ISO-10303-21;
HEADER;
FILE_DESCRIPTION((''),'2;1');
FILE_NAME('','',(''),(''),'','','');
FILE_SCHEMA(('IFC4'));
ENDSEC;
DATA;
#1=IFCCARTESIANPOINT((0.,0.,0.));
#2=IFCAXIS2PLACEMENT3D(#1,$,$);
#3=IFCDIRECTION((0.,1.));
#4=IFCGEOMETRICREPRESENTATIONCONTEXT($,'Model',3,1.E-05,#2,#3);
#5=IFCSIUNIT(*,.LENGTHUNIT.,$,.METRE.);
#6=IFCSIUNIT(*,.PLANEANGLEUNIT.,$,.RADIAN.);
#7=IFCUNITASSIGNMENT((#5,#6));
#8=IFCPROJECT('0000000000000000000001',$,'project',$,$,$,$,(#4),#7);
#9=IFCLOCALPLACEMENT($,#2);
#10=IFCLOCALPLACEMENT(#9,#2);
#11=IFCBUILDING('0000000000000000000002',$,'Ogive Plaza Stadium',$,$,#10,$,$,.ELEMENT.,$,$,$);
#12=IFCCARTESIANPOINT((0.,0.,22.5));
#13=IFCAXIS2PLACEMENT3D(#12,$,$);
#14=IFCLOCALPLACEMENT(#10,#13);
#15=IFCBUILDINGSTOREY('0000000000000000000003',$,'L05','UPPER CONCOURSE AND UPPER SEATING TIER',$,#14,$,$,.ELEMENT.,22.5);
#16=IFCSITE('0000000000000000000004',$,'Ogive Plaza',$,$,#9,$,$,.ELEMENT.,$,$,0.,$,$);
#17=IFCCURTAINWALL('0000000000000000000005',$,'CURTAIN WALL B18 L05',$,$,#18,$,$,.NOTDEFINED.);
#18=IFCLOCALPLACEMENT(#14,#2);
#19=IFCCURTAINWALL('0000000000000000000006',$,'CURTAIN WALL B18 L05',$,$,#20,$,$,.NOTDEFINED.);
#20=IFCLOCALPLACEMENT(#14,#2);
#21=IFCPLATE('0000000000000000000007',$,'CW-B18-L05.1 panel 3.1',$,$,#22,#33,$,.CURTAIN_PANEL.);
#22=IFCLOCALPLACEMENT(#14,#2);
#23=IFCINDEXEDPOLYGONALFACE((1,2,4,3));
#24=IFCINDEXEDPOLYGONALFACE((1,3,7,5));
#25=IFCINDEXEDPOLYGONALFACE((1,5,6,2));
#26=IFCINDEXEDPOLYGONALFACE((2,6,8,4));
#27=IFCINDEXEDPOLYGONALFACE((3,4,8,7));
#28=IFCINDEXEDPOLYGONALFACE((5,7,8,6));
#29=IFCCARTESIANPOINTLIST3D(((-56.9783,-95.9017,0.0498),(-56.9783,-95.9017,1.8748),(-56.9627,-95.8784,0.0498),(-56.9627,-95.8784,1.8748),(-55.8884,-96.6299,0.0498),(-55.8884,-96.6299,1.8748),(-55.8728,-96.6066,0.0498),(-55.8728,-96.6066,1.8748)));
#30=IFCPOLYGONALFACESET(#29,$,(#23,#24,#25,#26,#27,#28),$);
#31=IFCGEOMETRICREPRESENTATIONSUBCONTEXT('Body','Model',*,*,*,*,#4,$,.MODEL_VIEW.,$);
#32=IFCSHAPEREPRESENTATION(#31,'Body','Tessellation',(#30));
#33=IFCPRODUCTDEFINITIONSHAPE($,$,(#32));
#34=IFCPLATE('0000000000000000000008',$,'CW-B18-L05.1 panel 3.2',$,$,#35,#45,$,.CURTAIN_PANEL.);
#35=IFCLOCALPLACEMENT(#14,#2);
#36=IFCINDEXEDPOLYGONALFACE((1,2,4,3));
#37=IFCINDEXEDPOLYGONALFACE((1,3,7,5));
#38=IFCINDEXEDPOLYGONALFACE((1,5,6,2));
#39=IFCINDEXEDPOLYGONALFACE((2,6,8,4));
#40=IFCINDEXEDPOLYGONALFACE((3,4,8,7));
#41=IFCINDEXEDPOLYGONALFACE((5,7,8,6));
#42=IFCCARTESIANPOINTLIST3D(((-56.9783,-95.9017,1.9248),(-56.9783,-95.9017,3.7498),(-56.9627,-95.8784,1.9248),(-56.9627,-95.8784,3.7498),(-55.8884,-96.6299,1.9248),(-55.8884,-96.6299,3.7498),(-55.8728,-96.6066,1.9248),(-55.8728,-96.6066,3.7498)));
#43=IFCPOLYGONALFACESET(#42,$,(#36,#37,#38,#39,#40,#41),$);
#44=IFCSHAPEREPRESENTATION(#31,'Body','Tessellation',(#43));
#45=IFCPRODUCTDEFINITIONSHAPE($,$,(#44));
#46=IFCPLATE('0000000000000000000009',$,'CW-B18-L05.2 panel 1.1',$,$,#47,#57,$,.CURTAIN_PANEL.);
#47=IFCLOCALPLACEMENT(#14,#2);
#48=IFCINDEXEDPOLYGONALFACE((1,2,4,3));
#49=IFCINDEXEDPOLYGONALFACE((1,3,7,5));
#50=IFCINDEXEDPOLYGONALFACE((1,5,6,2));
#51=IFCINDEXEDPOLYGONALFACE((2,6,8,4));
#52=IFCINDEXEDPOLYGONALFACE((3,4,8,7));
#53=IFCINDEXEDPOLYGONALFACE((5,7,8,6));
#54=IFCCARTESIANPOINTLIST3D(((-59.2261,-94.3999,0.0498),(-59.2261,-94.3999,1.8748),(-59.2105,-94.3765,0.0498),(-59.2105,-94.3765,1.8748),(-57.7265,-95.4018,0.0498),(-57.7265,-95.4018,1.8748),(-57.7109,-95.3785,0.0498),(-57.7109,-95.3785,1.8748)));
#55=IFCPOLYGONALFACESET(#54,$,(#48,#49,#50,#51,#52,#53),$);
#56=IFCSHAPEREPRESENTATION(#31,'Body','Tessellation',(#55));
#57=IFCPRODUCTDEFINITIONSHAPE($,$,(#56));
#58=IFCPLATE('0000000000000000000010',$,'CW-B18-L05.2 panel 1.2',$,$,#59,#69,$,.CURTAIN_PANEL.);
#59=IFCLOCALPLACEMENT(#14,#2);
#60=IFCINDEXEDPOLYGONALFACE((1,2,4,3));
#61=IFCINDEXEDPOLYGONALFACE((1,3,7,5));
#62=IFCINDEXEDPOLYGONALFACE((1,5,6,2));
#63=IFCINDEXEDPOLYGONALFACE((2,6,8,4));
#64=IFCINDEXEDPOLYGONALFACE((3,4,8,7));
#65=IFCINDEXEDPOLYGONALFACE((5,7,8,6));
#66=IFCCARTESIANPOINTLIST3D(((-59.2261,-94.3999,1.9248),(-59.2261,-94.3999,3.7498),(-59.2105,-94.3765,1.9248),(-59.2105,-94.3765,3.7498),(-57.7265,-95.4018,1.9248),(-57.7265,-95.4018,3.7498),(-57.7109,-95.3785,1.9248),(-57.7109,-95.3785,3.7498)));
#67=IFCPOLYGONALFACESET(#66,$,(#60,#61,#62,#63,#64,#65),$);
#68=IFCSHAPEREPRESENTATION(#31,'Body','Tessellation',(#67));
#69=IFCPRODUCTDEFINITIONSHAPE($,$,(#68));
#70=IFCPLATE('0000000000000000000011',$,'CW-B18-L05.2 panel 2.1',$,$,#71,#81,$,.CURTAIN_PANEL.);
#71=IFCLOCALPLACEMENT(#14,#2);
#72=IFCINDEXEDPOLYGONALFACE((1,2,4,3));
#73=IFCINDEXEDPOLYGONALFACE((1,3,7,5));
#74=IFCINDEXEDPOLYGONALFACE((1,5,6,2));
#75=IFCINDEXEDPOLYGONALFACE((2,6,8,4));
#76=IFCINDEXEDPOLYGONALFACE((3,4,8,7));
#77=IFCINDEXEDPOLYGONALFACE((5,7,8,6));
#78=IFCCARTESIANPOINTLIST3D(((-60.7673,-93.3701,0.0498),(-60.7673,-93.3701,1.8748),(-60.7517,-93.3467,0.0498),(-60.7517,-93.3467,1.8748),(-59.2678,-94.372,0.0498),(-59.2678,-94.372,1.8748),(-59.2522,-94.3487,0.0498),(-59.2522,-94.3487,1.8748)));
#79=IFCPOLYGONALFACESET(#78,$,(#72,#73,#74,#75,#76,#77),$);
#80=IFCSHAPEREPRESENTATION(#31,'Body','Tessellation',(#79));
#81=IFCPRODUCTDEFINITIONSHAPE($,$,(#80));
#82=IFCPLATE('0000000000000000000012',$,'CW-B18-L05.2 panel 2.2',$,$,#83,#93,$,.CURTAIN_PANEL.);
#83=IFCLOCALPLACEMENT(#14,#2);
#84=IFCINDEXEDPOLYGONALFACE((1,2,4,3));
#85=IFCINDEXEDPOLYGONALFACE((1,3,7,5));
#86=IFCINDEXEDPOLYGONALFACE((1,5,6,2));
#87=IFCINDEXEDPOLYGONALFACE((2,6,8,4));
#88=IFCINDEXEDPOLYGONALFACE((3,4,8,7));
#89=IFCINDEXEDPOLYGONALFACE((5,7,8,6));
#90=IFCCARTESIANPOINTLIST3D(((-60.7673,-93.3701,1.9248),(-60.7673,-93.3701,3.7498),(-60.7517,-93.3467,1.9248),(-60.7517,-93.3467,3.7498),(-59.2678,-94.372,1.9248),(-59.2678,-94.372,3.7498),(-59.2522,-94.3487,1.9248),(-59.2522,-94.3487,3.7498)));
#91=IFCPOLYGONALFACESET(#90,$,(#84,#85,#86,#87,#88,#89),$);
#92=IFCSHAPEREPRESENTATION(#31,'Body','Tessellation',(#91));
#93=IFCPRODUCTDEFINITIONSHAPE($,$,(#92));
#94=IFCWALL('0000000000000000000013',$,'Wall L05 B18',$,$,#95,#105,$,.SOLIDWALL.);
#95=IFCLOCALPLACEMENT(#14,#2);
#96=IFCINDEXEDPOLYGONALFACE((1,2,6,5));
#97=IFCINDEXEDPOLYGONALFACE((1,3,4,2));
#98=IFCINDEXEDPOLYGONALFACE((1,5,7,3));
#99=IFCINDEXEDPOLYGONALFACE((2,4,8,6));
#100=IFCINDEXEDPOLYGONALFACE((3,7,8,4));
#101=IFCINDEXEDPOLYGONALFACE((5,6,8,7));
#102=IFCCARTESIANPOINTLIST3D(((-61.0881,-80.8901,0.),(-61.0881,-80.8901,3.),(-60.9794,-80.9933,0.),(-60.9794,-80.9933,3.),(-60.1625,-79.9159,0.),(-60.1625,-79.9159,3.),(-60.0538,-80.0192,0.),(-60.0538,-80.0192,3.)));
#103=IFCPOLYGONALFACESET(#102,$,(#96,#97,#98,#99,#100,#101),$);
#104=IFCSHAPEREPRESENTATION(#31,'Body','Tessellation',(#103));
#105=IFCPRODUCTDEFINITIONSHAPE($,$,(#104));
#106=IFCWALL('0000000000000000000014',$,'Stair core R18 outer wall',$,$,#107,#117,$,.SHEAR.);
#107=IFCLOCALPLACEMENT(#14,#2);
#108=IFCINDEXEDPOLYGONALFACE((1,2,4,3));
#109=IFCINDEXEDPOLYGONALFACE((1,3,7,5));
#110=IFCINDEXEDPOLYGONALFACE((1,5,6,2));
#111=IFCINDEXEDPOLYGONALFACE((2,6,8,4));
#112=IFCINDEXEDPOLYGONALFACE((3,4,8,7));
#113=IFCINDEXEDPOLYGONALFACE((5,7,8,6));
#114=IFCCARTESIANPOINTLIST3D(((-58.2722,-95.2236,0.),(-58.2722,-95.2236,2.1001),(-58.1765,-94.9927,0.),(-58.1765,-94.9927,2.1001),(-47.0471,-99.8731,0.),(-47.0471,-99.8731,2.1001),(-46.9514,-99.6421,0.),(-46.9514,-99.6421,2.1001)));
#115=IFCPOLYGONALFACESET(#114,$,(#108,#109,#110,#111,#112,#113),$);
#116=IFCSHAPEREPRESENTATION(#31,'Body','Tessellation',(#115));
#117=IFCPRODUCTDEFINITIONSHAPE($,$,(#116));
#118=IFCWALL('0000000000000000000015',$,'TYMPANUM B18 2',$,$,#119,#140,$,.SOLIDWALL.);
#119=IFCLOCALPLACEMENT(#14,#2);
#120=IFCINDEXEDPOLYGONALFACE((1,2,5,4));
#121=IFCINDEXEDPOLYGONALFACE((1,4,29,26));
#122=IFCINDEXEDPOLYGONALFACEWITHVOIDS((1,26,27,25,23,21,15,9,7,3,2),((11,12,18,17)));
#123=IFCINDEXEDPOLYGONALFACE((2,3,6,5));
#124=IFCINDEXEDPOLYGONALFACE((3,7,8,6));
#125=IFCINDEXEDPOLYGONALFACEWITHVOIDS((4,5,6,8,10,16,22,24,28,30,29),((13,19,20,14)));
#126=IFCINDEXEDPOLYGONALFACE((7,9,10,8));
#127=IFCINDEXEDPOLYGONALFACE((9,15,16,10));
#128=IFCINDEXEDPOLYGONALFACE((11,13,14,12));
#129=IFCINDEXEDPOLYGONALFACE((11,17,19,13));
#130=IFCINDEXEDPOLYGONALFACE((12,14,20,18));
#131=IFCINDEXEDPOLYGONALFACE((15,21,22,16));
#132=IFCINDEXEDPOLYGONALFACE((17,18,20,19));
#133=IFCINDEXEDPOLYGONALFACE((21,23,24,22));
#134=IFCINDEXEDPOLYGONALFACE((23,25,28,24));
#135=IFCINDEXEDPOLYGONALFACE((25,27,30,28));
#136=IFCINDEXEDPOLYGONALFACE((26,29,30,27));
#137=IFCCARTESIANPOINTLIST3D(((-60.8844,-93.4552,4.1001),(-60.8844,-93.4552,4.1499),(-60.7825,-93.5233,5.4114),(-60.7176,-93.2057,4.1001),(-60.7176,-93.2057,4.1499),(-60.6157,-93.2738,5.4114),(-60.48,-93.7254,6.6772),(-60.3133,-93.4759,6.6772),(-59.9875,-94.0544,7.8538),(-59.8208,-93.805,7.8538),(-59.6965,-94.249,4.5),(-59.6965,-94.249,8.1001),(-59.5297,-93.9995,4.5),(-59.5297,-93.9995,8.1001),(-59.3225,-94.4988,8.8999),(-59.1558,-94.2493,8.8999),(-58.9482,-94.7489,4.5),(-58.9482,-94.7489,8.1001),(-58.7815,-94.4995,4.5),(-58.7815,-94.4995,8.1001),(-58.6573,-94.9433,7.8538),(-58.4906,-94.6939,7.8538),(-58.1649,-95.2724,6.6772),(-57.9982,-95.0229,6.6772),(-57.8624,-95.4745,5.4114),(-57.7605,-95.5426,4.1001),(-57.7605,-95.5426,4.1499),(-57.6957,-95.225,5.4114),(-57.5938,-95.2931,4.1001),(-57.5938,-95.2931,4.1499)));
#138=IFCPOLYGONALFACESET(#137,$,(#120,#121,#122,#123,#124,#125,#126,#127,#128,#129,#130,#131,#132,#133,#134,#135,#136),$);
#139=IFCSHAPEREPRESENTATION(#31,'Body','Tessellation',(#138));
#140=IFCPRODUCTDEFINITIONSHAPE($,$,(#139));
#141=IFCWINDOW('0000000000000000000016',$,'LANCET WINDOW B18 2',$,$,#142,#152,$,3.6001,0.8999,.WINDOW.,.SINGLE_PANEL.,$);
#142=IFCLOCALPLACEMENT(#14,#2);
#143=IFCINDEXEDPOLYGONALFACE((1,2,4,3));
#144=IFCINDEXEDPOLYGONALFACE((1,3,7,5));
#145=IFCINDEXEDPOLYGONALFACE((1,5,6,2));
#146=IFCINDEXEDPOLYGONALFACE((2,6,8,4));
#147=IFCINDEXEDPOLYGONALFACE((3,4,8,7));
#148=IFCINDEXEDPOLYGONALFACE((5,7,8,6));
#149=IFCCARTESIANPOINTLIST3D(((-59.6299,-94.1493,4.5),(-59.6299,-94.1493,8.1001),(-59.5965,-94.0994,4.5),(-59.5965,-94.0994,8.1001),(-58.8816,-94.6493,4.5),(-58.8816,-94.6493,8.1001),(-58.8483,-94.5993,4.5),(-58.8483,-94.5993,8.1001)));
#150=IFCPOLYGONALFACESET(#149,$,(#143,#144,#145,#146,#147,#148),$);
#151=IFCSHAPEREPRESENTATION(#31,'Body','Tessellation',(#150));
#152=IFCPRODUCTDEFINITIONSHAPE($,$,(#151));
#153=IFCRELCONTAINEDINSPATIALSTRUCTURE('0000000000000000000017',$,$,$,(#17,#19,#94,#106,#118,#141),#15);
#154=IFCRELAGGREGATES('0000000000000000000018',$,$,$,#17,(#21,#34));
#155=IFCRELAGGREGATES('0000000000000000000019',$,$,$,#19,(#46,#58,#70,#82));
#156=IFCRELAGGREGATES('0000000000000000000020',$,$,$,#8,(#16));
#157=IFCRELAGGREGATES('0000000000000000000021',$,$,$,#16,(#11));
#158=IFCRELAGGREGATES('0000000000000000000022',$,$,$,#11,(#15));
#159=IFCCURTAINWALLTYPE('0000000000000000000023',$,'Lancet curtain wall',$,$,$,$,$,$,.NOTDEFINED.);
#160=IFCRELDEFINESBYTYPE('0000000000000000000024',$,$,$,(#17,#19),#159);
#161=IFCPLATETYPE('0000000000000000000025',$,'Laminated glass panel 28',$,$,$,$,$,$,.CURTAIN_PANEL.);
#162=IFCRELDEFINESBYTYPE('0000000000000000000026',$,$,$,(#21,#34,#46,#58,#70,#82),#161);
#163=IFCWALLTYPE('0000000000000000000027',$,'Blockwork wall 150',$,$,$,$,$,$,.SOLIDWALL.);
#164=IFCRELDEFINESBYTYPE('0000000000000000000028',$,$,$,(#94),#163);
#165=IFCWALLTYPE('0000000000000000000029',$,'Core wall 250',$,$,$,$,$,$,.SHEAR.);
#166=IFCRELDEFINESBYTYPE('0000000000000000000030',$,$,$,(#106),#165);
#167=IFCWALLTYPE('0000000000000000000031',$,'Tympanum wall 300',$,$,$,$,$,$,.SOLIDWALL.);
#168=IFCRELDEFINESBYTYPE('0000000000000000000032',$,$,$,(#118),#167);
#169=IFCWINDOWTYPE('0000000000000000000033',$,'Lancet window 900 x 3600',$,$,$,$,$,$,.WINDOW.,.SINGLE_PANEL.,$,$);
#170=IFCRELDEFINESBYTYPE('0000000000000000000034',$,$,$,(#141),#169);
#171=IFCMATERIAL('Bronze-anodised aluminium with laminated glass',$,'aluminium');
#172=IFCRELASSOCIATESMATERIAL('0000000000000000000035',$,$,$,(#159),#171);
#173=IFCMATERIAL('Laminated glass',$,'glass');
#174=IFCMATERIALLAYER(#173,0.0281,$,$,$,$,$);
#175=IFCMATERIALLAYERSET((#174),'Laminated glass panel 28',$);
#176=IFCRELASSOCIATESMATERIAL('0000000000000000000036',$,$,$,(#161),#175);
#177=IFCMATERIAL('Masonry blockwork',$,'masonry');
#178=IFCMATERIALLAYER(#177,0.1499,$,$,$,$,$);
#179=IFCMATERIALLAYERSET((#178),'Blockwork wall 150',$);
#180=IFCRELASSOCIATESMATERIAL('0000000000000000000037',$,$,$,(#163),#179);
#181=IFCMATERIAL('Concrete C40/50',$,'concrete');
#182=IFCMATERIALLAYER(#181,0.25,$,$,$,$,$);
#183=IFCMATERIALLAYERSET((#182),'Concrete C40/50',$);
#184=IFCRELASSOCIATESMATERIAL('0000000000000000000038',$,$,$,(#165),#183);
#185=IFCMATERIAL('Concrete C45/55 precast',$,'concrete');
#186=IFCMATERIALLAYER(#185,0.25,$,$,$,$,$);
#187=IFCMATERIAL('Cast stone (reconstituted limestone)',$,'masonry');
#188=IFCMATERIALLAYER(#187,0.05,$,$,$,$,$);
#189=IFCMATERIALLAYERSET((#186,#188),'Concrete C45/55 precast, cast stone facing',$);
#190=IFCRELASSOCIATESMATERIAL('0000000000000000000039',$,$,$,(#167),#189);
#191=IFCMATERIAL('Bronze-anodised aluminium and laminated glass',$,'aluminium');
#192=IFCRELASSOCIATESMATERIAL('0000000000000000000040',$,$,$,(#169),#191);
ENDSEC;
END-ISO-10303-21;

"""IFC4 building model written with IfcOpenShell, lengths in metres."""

from ifc_helpers import new_model, si_unit, direction, frame, frame_2d, origin, origin_2d, place, context, subcontext, project, spatial, polyline, rectangle, outline, extrude, material, layer, layer_set, type_object, element, fill, aggregate, save


model = new_model("IFC4")

# Units and contexts
model_context = context("Model", 3, precision=1e-05, world=origin(), true_north=direction((0.0, 1.0)))
body_context = subcontext(model_context, "Body", "Model", "MODEL_VIEW")
ifc_project = project(units=[si_unit("LENGTHUNIT", "METRE"), si_unit("PLANEANGLEUNIT", "RADIAN")], contexts=[model_context])

# Site, building, storey
site_placement = place(None, origin())
site = spatial("IfcSite", under=ifc_project, at=site_placement, Name="Ogive Plaza", CompositionType="ELEMENT", RefElevation=0.0)
building_placement = place(site_placement, origin())
building = spatial("IfcBuilding", under=site, at=building_placement, Name="Ogive Plaza Stadium", CompositionType="ELEMENT")
storey_placement = place(building_placement, frame((0.0, 0.0, 22.5)))
storey = spatial("IfcBuildingStorey", under=building, at=storey_placement, Name="L05", Description="UPPER CONCOURSE AND UPPER SEATING TIER", CompositionType="ELEMENT", Elevation=22.5)

# Curtain wall
ifc_material_1 = material(Name="Bronze-anodised aluminium with laminated glass", Category="aluminium")
curtain_wall_type = type_object("IfcCurtainWallType", Name="Lancet curtain wall", PredefinedType="NOTDEFINED", material=ifc_material_1)
curtain_wall_1_placement = place(storey_placement, origin())
curtain_wall_1 = element("IfcCurtainWall", 1, at=curtain_wall_1_placement, inside=storey, type_object=curtain_wall_type, Name="CURTAIN WALL B18 L05", PredefinedType="NOTDEFINED")

# Curtain wall
curtain_wall_2_placement = place(storey_placement, origin())
curtain_wall_2 = element("IfcCurtainWall", 2, at=curtain_wall_2_placement, inside=storey, type_object=curtain_wall_type, Name="CURTAIN WALL B18 L05", PredefinedType="NOTDEFINED")

# Plates
ifc_material_2 = material(Name="Laminated glass", Category="glass")
ifc_layer_1 = layer(ifc_material_2, 0.0281)
ifc_layer_set_1 = layer_set([ifc_layer_1], Name="Laminated glass panel 28")
plate_type = type_object("IfcPlateType", Name="Laminated glass panel 28", PredefinedType="CURTAIN_PANEL", material=ifc_layer_set_1)
plate_1_placement = place(storey_placement, frame((-56.4255, -96.2542, 0.0498), z_axis=(0.0, 0.0, 1.0), x_axis=(-0.83147, 0.55557, 0.0)))
plate_1 = element("IfcPlate", 3, at=plate_1_placement, type_object=plate_type, Name="CW-B18-L05.1 panel 3.1", PredefinedType="CURTAIN_PANEL", context=body_context, shape_type="SweptSolid", body=[
    extrude(rectangle(XDim=1.3108, YDim=0.0281, at=origin_2d()), origin(), (0.0, 0.0, 1.0), 1.825),
])
plate_2_placement = place(storey_placement, frame((-56.4255, -96.2542, 1.9248), z_axis=(0.0, 0.0, 1.0), x_axis=(-0.83147, 0.55557, 0.0)))
plate_2 = element("IfcPlate", 4, at=plate_2_placement, type_object=plate_type, Name="CW-B18-L05.1 panel 3.2", PredefinedType="CURTAIN_PANEL", context=body_context, shape_type="SweptSolid", body=[
    extrude(rectangle(XDim=1.3108, YDim=0.0281, at=origin_2d()), origin(), (0.0, 0.0, 1.0), 1.825),
])
aggregate(curtain_wall_1, [plate_1, plate_2])
plate_3_placement = place(storey_placement, frame((-58.4685, -94.8892, 0.0498), z_axis=(0.0, 0.0, 1.0), x_axis=(-0.83147, 0.55557, 0.0)))
plate_3 = element("IfcPlate", 5, at=plate_3_placement, type_object=plate_type, Name="CW-B18-L05.2 panel 1.1", PredefinedType="CURTAIN_PANEL", context=body_context, shape_type="SweptSolid", body=[
    extrude(rectangle(XDim=1.8035, YDim=0.0281, at=origin_2d()), origin(), (0.0, 0.0, 1.0), 1.825),
])
plate_4_placement = place(storey_placement, frame((-58.4685, -94.8892, 1.9248), z_axis=(0.0, 0.0, 1.0), x_axis=(-0.83147, 0.55557, 0.0)))
plate_4 = element("IfcPlate", 6, at=plate_4_placement, type_object=plate_type, Name="CW-B18-L05.2 panel 1.2", PredefinedType="CURTAIN_PANEL", context=body_context, shape_type="SweptSolid", body=[
    extrude(rectangle(XDim=1.8035, YDim=0.0281, at=origin_2d()), origin(), (0.0, 0.0, 1.0), 1.825),
])
plate_5_placement = place(storey_placement, frame((-60.0098, -93.8594, 0.0498), z_axis=(0.0, 0.0, 1.0), x_axis=(-0.83147, 0.55557, 0.0)))
plate_5 = element("IfcPlate", 7, at=plate_5_placement, type_object=plate_type, Name="CW-B18-L05.2 panel 2.1", PredefinedType="CURTAIN_PANEL", context=body_context, shape_type="SweptSolid", body=[
    extrude(rectangle(XDim=1.8035, YDim=0.0281, at=origin_2d()), origin(), (0.0, 0.0, 1.0), 1.825),
])
plate_6_placement = place(storey_placement, frame((-60.0098, -93.8594, 1.9248), z_axis=(0.0, 0.0, 1.0), x_axis=(-0.83147, 0.55557, 0.0)))
plate_6 = element("IfcPlate", 8, at=plate_6_placement, type_object=plate_type, Name="CW-B18-L05.2 panel 2.2", PredefinedType="CURTAIN_PANEL", context=body_context, shape_type="SweptSolid", body=[
    extrude(rectangle(XDim=1.8035, YDim=0.0281, at=origin_2d()), origin(), (0.0, 0.0, 1.0), 1.825),
])
aggregate(curtain_wall_2, [plate_3, plate_4, plate_5, plate_6])

# Walls
ifc_material_3 = material(Name="Masonry blockwork", Category="masonry")
ifc_layer_2 = layer(ifc_material_3, 0.1499)
ifc_layer_set_2 = layer_set([ifc_layer_2], Name="Blockwork wall 150")
wall_type_1 = type_object("IfcWallType", Name="Blockwork wall 150", PredefinedType="SOLIDWALL", material=ifc_layer_set_2)
wall_1_placement = place(storey_placement, frame((-60.1082, -79.9675, 0.0), z_axis=(0.0, 0.0, 1.0), x_axis=(-0.688797, -0.724954, 0.0)))
element("IfcWall", 9, at=wall_1_placement, inside=storey, type_object=wall_type_1, Name="Wall L05 B18", PredefinedType="SOLIDWALL", context=body_context, shape_type="SweptSolid", body=[
    extrude(rectangle(XDim=1.3438, YDim=0.1499, at=frame_2d((0.6719, 0.0))), origin(), (0.0, 0.0, 1.0), 3.0),
])
ifc_material_4 = material(Name="Concrete C40/50", Category="concrete")
ifc_layer_3 = layer(ifc_material_4, 0.25)
ifc_layer_set_3 = layer_set([ifc_layer_3], Name="Concrete C40/50")
wall_type_2 = type_object("IfcWallType", Name="Core wall 250", PredefinedType="SHEAR", material=ifc_layer_set_3)
wall_2_placement = place(storey_placement, frame((-58.2244, -95.1082, 0.0), z_axis=(0.0, 0.0, 1.0), x_axis=(0.923885, -0.382671, 0.0)))
element("IfcWall", 10, at=wall_2_placement, inside=storey, type_object=wall_type_2, Name="Stair core R18 outer wall", PredefinedType="SHEAR", context=body_context, shape_type="SweptSolid", body=[
    extrude(rectangle(XDim=12.1499, YDim=0.25, at=frame_2d((6.075, 0.0))), origin(), (0.0, 0.0, 1.0), 2.1001),
])

# Wall, opening, window
ifc_material_5 = material(Name="Concrete C45/55 precast", Category="concrete")
ifc_layer_4 = layer(ifc_material_5, 0.25)
ifc_material_6 = material(Name="Cast stone (reconstituted limestone)", Category="masonry")
ifc_layer_5 = layer(ifc_material_6, 0.05)
ifc_layer_set_4 = layer_set([ifc_layer_4, ifc_layer_5], Name="Concrete C45/55 precast, cast stone facing")
wall_type_3 = type_object("IfcWallType", Name="Tympanum wall 300", PredefinedType="SOLIDWALL", material=ifc_layer_set_4)
wall_3_placement = place(storey_placement, frame((-57.6772, -95.418, 4.1001), z_axis=(0.0, 0.0, 1.0), x_axis=(-0.83145, 0.5556, 0.0)))
wall_3 = element("IfcWall", 11, at=wall_3_placement, inside=storey, type_object=wall_type_3, Name="TYMPANUM B18 2", PredefinedType="SOLIDWALL", context=body_context, shape_type="SweptSolid", body=[
    extrude(outline(polyline([(0.0, 0.0), (3.7571, 0.0), (3.7571, 0.0498), (3.6345, 1.3113), (3.2708, 2.5771), (2.6785, 3.7537), (1.8787, 4.7998), (1.0786, 3.7537), (0.4863, 2.5771), (0.1226, 1.3113), (0.0, 0.0498), (0.0, 0.0)])), frame((0.0, 0.1499, 0.0), z_axis=(0.0, -1.0, 0.0), x_axis=(1.0, 0.0, 0.0)), (0.0, 0.0, 1.0), 0.3),
])
opening_placement = place(wall_3_placement, frame((1.4285, 0.0, 0.3999)))
opening = element("IfcOpeningElement", 12, at=opening_placement, cuts=wall_3, PredefinedType="OPENING", context=body_context, shape_type="SweptSolid", body=[
    extrude(rectangle(XDim=0.8999, YDim=3.6001, at=frame_2d((0.45, 1.8))), frame((0.0, 0.1602, 0.0), z_axis=(0.0, -1.0, 0.0), x_axis=(1.0, 0.0, 0.0)), (0.0, 0.0, 1.0), 0.3201),
])
ifc_material_7 = material(Name="Bronze-anodised aluminium and laminated glass", Category="aluminium")
window_type = type_object("IfcWindowType", Name="Lancet window 900 x 3600", PartitioningType="SINGLE_PANEL", PredefinedType="WINDOW", material=ifc_material_7)
window_placement = place(opening_placement, origin())
window = element("IfcWindow", 13, at=window_placement, inside=storey, type_object=window_type, Name="LANCET WINDOW B18 2", OverallHeight=3.6001, OverallWidth=0.8999, PartitioningType="SINGLE_PANEL", PredefinedType="WINDOW", context=body_context, shape_type="SweptSolid", body=[
    extrude(rectangle(XDim=0.8999, YDim=3.6001, at=frame_2d((0.45, 1.8))), frame((0.0, 0.03, 0.0), z_axis=(0.0, -1.0, 0.0), x_axis=(1.0, 0.0, 0.0)), (0.0, 0.0, 1.0), 0.0601),
])
fill(opening, window)

save(model, "model.ifc")
